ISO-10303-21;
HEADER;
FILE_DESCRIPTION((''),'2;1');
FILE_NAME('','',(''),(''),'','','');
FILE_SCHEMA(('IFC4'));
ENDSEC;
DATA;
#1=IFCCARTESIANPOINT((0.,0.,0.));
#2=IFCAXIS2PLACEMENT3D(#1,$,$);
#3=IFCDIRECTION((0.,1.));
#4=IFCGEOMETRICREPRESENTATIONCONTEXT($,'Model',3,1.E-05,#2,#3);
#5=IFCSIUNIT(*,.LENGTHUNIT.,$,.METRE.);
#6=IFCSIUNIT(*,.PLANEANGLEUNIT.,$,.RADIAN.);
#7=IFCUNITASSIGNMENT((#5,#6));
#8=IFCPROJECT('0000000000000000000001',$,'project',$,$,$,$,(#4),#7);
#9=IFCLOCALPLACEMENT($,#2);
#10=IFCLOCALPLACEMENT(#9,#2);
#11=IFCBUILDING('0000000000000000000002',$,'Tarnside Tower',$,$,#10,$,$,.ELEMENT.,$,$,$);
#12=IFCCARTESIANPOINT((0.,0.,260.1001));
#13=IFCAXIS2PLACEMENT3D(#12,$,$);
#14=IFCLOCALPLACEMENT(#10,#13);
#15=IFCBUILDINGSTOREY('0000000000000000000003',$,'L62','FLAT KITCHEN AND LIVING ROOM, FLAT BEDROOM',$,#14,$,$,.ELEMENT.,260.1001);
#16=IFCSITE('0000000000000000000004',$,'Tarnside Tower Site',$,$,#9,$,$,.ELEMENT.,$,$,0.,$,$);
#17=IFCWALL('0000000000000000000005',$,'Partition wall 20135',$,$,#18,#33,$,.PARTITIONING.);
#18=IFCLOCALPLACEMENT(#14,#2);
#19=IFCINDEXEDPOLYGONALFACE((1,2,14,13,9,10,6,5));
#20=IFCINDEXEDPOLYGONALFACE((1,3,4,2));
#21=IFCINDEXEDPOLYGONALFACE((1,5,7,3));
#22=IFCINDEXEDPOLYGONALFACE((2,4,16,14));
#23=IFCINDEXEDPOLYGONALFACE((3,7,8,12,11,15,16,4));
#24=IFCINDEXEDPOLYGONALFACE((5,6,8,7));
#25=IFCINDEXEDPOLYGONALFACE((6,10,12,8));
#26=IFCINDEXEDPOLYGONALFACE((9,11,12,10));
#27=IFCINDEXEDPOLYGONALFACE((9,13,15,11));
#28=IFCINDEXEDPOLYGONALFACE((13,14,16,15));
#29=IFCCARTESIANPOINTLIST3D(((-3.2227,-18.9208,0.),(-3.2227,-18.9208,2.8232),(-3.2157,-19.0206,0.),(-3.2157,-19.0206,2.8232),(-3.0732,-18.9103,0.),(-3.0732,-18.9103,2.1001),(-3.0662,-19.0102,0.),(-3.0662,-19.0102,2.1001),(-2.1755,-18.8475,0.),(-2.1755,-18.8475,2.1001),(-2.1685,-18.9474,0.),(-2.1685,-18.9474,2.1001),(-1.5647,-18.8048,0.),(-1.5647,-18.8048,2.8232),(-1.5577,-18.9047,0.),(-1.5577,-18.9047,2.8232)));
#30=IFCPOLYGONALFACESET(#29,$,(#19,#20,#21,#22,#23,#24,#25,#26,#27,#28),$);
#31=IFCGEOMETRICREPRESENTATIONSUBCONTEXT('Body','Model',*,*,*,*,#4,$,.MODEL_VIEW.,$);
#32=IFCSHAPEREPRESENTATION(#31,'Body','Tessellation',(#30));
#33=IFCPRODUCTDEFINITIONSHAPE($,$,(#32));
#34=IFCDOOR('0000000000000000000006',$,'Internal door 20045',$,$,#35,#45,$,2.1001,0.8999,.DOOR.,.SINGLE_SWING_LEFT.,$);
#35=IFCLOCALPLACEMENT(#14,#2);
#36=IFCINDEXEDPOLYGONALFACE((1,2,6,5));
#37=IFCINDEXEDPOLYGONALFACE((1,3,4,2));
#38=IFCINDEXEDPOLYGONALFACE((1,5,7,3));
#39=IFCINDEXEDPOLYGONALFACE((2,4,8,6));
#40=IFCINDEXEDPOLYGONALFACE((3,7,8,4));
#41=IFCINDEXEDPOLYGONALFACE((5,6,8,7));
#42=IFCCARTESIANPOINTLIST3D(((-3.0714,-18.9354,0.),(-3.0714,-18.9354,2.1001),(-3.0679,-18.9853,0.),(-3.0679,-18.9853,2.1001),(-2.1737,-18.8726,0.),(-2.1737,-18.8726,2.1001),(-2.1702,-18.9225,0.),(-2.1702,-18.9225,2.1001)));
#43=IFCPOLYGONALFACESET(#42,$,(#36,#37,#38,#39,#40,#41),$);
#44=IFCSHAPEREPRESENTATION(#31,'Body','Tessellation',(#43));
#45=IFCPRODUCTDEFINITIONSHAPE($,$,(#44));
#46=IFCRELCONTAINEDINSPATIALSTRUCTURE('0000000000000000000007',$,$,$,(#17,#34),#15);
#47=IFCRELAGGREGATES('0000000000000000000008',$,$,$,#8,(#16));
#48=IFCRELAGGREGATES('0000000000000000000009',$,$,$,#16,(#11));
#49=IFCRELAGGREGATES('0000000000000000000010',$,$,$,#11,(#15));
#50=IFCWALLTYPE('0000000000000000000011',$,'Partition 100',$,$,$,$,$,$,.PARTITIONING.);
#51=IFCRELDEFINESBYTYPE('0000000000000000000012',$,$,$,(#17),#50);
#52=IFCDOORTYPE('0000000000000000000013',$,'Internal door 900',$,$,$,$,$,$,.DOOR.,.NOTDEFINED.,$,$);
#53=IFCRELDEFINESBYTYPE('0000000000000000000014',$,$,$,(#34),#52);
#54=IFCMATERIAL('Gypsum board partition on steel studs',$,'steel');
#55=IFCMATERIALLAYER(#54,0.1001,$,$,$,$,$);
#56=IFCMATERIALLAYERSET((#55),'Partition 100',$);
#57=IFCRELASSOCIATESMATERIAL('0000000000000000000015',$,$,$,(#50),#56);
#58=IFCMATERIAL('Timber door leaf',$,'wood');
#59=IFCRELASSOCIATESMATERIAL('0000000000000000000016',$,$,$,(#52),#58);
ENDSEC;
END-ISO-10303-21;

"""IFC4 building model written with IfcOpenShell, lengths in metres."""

from ifc_helpers import new_model, si_unit, direction, frame, frame_2d, origin, place, context, subcontext, project, spatial, rectangle, extrude, material, layer, layer_set, type_object, element, fill, save


model = new_model("IFC4")

# Units and contexts
model_context = context("Model", 3, precision=1e-05, world=origin(), true_north=direction((0.0, 1.0)))
body_context = subcontext(model_context, "Body", "Model", "MODEL_VIEW")
ifc_project = project(units=[si_unit("LENGTHUNIT", "METRE"), si_unit("PLANEANGLEUNIT", "RADIAN")], contexts=[model_context])

# Site, building, storey
site_placement = place(None, origin())
site = spatial("IfcSite", under=ifc_project, at=site_placement, Name="Tarnside Tower Site", CompositionType="ELEMENT", RefElevation=0.0)
building_placement = place(site_placement, origin())
building = spatial("IfcBuilding", under=site, at=building_placement, Name="Tarnside Tower", CompositionType="ELEMENT")
storey_placement = place(building_placement, frame((0.0, 0.0, 260.1001)))
storey = spatial("IfcBuildingStorey", under=building, at=storey_placement, Name="L62", Description="FLAT KITCHEN AND LIVING ROOM, FLAT BEDROOM", CompositionType="ELEMENT", Elevation=260.1001)

# Shared definitions
ifc_material_1 = material(Name="Gypsum board partition on steel studs", Category="steel")

# Shared definitions
ifc_material_2 = material(Name="Timber door leaf", Category="wood")

# Shared definitions
ifc_layer_1 = layer(ifc_material_1, 0.1001)
ifc_layer_set_1 = layer_set([ifc_layer_1], Name="Partition 100")
wall_type_1 = type_object("IfcWallType", Name="Partition 100", PredefinedType="PARTITIONING", material=ifc_layer_set_1)

# Wall, opening, door
door_type_1 = type_object("IfcDoorType", Name="Internal door 900", OperationType="NOTDEFINED", PredefinedType="DOOR", material=ifc_material_2)
wall_1_placement = place(storey_placement, frame((-3.2192, -18.9707, 0.0), z_axis=(0.0, 0.0, 1.0), x_axis=(0.997563, 0.069775, 0.0)))
wall_1 = element("IfcWall", 1, at=wall_1_placement, inside=storey, type_object=wall_type_1, Name="Partition wall 20135", PredefinedType="PARTITIONING", context=body_context, shape_type="SweptSolid", body=[
    extrude(rectangle(XDim=1.6621, YDim=0.1001, at=frame_2d((0.8311, 0.0))), origin(), (0.0, 0.0, 1.0), 2.8232),
])
opening_1_placement = place(wall_1_placement, frame((0.1499, 0.0, 0.0)))
opening_1 = element("IfcOpeningElement", 2, at=opening_1_placement, cuts=wall_1, PredefinedType="OPENING", context=body_context, shape_type="SweptSolid", body=[
    extrude(rectangle(XDim=0.8999, YDim=2.1001, at=frame_2d((0.45, 1.05))), frame((0.0, 0.0601, 0.0), z_axis=(0.0, -1.0, 0.0), x_axis=(1.0, 0.0, 0.0)), (0.0, 0.0, 1.0), 0.1201),
])
door_1_placement = place(opening_1_placement, origin())
door_1 = element("IfcDoor", 3, at=door_1_placement, inside=storey, type_object=door_type_1, Name="Internal door 20045", OperationType="SINGLE_SWING_LEFT", OverallHeight=2.1001, OverallWidth=0.8999, PredefinedType="DOOR", context=body_context, shape_type="SweptSolid", body=[
    extrude(rectangle(XDim=0.8999, YDim=2.1001, at=frame_2d((0.45, 1.05))), frame((0.0, 0.0249, 0.0), z_axis=(0.0, -1.0, 0.0), x_axis=(1.0, 0.0, 0.0)), (0.0, 0.0, 1.0), 0.05),
])
fill(opening_1, door_1)

save(model, "model.ifc")
